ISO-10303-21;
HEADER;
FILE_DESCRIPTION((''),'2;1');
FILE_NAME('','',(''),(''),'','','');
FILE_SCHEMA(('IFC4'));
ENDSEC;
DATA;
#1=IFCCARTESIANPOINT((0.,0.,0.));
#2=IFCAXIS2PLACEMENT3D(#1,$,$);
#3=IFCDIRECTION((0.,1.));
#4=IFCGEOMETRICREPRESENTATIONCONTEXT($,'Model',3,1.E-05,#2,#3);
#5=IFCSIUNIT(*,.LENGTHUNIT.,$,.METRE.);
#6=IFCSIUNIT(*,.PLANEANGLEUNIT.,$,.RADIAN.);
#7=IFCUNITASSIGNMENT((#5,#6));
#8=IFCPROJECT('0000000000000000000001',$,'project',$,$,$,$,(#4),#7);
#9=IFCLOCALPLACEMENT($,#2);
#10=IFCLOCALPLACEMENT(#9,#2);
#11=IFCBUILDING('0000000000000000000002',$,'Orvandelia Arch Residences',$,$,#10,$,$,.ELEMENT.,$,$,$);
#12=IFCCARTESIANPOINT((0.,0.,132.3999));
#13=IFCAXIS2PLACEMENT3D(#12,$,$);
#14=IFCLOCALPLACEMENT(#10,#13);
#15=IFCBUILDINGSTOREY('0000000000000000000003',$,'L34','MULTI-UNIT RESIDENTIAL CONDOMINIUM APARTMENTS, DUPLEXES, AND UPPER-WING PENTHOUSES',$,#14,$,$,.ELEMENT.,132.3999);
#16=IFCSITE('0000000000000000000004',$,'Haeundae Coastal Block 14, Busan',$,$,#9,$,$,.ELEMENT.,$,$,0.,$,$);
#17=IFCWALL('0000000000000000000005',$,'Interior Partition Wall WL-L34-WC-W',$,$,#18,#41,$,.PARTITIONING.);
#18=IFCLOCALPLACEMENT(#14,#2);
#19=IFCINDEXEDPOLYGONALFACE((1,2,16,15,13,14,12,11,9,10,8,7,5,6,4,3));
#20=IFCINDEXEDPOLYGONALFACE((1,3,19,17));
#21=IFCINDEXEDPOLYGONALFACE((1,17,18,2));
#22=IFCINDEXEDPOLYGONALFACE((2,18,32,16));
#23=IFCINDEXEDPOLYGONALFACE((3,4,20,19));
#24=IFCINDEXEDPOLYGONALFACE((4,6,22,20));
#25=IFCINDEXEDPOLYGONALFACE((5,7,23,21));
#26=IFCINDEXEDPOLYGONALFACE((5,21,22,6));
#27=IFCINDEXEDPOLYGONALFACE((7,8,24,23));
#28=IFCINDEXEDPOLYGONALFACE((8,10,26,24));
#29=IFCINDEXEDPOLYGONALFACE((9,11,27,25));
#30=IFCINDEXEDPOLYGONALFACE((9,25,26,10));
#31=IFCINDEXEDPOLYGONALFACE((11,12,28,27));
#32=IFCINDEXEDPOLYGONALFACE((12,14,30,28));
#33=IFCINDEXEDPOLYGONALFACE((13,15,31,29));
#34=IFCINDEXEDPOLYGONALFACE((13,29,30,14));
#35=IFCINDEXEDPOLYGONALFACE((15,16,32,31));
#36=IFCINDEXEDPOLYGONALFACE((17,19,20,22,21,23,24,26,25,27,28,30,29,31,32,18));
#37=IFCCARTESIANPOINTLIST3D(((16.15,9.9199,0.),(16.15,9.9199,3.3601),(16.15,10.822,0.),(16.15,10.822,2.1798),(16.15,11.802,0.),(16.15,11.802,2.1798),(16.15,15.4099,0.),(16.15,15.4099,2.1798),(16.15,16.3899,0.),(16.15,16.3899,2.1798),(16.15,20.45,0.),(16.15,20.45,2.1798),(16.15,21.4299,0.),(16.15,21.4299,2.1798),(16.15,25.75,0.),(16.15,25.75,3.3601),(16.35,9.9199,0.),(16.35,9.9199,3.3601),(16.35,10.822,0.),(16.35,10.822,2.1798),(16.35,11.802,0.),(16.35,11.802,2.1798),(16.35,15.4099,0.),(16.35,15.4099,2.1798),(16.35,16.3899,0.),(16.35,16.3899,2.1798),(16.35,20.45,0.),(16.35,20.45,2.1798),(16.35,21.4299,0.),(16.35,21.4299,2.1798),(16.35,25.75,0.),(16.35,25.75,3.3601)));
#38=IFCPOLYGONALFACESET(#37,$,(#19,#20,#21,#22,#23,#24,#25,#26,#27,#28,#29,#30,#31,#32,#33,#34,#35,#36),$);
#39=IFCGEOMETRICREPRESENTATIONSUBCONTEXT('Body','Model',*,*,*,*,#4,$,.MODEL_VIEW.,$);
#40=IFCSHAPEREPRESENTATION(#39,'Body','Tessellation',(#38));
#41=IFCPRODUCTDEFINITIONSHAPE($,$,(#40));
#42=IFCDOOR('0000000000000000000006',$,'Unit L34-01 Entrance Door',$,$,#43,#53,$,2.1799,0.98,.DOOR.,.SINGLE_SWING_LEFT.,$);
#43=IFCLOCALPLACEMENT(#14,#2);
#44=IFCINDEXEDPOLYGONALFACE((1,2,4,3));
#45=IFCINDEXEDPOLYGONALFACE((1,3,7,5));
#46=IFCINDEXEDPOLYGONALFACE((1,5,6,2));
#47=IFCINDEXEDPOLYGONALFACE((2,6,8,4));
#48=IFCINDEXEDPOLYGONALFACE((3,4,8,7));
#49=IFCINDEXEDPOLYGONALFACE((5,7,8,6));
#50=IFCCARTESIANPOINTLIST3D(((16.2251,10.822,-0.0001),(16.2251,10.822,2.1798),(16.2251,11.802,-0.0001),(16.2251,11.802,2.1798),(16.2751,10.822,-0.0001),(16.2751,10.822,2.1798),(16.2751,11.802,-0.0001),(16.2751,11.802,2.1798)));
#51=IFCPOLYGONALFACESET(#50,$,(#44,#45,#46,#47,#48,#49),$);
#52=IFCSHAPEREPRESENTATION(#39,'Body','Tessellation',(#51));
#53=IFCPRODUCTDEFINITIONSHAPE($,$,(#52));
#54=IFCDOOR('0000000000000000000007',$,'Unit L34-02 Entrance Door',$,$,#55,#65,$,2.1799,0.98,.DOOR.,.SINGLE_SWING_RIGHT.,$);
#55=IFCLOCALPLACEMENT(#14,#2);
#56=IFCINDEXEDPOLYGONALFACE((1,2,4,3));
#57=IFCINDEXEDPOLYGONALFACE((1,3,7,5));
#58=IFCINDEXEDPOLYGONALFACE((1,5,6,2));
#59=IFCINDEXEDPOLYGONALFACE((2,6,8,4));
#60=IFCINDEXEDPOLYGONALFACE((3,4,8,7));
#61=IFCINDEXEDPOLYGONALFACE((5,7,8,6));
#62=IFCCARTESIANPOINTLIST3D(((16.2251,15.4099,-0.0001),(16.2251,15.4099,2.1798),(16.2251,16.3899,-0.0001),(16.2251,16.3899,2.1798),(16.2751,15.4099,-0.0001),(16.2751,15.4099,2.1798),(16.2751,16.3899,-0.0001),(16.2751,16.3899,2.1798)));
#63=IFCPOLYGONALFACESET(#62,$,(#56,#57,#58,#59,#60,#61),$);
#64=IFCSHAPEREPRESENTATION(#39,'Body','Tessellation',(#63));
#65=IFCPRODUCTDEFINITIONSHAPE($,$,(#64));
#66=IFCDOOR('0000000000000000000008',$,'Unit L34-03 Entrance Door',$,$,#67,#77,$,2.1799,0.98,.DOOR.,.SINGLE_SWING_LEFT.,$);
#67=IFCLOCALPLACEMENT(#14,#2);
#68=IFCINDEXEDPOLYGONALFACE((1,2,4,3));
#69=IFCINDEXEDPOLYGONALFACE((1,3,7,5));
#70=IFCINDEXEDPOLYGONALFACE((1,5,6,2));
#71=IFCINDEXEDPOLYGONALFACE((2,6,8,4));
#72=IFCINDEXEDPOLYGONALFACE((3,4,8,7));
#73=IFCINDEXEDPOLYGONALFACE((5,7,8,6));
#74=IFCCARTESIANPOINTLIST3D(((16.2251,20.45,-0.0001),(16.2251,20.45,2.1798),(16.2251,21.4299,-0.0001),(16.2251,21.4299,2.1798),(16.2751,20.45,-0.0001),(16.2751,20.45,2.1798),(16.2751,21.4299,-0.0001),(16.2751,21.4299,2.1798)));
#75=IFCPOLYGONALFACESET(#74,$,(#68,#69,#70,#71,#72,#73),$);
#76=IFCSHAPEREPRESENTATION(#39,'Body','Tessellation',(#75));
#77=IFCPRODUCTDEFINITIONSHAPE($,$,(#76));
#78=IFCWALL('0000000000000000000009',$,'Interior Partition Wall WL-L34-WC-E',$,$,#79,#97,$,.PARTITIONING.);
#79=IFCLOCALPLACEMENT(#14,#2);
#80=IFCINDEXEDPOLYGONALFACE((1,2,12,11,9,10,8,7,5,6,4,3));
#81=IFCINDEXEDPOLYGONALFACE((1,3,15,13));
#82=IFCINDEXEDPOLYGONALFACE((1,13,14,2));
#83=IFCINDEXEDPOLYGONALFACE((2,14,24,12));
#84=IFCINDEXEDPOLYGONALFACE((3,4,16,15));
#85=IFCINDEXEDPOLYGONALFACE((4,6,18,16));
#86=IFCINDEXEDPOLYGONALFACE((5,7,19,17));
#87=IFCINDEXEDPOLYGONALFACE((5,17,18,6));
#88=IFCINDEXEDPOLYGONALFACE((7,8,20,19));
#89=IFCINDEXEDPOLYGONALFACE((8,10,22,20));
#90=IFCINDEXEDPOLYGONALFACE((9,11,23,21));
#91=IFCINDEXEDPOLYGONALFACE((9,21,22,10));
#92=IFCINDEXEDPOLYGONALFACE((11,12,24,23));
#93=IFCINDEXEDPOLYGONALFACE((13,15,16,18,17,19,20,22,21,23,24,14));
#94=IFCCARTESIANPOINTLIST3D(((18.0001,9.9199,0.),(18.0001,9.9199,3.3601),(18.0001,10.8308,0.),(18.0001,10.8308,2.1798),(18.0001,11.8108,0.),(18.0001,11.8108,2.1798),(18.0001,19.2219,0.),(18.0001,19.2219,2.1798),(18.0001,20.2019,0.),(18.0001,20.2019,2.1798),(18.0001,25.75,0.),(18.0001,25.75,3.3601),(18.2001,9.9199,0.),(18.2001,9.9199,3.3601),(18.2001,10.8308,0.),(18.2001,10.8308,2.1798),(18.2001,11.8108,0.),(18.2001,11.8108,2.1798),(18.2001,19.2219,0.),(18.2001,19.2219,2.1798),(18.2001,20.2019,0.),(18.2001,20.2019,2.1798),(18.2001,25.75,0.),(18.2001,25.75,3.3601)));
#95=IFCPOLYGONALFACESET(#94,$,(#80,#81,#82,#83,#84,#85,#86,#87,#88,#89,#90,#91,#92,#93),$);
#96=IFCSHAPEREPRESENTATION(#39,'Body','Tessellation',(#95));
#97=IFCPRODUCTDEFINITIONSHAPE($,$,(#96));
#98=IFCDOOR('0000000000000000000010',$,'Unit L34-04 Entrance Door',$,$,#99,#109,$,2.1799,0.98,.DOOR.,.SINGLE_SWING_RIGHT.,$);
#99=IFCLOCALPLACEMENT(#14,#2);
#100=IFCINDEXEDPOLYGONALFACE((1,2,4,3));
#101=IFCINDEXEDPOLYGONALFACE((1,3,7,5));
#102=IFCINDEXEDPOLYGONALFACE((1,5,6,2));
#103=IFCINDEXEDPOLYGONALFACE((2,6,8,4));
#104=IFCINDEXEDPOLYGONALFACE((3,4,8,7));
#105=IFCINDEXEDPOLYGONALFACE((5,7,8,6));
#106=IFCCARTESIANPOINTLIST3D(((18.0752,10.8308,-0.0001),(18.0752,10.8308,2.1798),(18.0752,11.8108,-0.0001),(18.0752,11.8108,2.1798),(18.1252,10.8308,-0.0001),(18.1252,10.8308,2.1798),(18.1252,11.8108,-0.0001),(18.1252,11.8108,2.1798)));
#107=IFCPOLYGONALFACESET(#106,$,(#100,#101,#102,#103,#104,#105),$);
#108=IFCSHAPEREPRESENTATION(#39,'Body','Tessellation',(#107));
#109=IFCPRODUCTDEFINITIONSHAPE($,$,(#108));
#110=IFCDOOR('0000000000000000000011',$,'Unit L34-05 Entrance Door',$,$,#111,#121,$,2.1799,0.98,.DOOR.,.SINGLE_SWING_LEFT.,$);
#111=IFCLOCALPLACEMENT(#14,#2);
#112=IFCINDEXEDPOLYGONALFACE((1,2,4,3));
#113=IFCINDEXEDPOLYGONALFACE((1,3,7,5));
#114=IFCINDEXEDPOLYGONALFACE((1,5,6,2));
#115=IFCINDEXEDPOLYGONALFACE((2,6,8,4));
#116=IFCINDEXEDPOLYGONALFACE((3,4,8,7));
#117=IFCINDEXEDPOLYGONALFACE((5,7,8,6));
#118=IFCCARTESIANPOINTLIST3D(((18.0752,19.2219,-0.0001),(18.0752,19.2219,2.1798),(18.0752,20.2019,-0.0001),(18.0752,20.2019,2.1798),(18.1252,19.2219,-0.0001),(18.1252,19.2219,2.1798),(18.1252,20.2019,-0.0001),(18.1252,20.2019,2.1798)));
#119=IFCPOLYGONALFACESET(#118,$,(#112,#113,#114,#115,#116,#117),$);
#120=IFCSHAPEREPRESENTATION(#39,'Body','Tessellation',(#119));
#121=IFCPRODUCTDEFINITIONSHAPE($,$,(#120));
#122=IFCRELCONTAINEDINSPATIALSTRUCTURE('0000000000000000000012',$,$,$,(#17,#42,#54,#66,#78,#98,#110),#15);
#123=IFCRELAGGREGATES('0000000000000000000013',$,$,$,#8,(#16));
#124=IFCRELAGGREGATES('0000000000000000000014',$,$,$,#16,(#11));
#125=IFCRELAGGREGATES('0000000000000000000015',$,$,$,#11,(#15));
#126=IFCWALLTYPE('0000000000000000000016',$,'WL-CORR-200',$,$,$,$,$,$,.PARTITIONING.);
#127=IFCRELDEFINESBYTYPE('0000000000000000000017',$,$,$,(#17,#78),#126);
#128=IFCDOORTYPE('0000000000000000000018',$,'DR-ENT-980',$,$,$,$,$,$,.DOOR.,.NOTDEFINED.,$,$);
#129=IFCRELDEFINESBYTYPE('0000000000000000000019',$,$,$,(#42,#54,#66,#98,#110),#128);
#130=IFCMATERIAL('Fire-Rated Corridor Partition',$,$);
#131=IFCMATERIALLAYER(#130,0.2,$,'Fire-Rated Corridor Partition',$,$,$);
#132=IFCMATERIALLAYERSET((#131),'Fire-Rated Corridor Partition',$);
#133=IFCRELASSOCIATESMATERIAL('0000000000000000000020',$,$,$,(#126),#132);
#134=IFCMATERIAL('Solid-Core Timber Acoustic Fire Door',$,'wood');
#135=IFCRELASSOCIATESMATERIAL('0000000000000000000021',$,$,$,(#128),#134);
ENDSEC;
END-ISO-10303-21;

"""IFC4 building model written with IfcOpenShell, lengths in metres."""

from ifc_helpers import new_model, si_unit, direction, frame, frame_2d, origin, place, context, subcontext, project, spatial, rectangle, extrude, material, layer, layer_set, type_object, element, fill, save


model = new_model("IFC4")

# Units and contexts
model_context = context("Model", 3, precision=1e-05, world=origin(), true_north=direction((0.0, 1.0)))
body_context = subcontext(model_context, "Body", "Model", "MODEL_VIEW")
ifc_project = project(units=[si_unit("LENGTHUNIT", "METRE"), si_unit("PLANEANGLEUNIT", "RADIAN")], contexts=[model_context])

# Site, building, storey
site_placement = place(None, origin())
site = spatial("IfcSite", under=ifc_project, at=site_placement, Name="Haeundae Coastal Block 14, Busan", CompositionType="ELEMENT", RefElevation=0.0)
building_placement = place(site_placement, origin())
building = spatial("IfcBuilding", under=site, at=building_placement, Name="Orvandelia Arch Residences", CompositionType="ELEMENT")
storey_placement = place(building_placement, frame((0.0, 0.0, 132.3999)))
storey = spatial("IfcBuildingStorey", under=building, at=storey_placement, Name="L34", Description="MULTI-UNIT RESIDENTIAL CONDOMINIUM APARTMENTS, DUPLEXES, AND UPPER-WING PENTHOUSES", CompositionType="ELEMENT", Elevation=132.3999)

# Walls, openings, doors
ifc_material_1 = material(Name="Fire-Rated Corridor Partition")
ifc_layer_1 = layer(ifc_material_1, 0.2, Name="Fire-Rated Corridor Partition")
ifc_layer_set_1 = layer_set([ifc_layer_1], Name="Fire-Rated Corridor Partition")
wall_type_1 = type_object("IfcWallType", Name="WL-CORR-200", PredefinedType="PARTITIONING", material=ifc_layer_set_1)
wall_1_placement = place(storey_placement, frame((16.25, 9.9199, 0.0), z_axis=(0.0, 0.0, 1.0), x_axis=(0.0, 1.0, 0.0)))
wall_1 = element("IfcWall", 1, at=wall_1_placement, inside=storey, type_object=wall_type_1, Name="Interior Partition Wall WL-L34-WC-W", PredefinedType="PARTITIONING", context=body_context, shape_type="SweptSolid", body=[
    extrude(rectangle(XDim=15.8301, YDim=0.2, at=frame_2d((7.915, 0.0))), origin(), (0.0, 0.0, 1.0), 3.3601),
])
opening_1_placement = place(wall_1_placement, frame((0.9021, 0.0, 0.0)))
opening_1 = element("IfcOpeningElement", 2, at=opening_1_placement, cuts=wall_1, PredefinedType="OPENING", context=body_context, shape_type="SweptSolid", body=[
    extrude(rectangle(XDim=0.98, YDim=2.1799, at=frame_2d((0.49, 1.0898))), frame((0.0, 0.1099, 0.0), z_axis=(0.0, -1.0, 0.0), x_axis=(1.0, 0.0, 0.0)), (0.0, 0.0, 1.0), 0.22),
])
opening_2_placement = place(wall_1_placement, frame((5.49, 0.0, 0.0)))
opening_2 = element("IfcOpeningElement", 3, at=opening_2_placement, cuts=wall_1, PredefinedType="OPENING", context=body_context, shape_type="SweptSolid", body=[
    extrude(rectangle(XDim=0.98, YDim=2.1799, at=frame_2d((0.49, 1.0898))), frame((0.0, 0.1099, 0.0), z_axis=(0.0, -1.0, 0.0), x_axis=(1.0, 0.0, 0.0)), (0.0, 0.0, 1.0), 0.22),
])
opening_3_placement = place(wall_1_placement, frame((10.53, 0.0, 0.0)))
opening_3 = element("IfcOpeningElement", 4, at=opening_3_placement, cuts=wall_1, PredefinedType="OPENING", context=body_context, shape_type="SweptSolid", body=[
    extrude(rectangle(XDim=0.98, YDim=2.1799, at=frame_2d((0.49, 1.0898))), frame((0.0, 0.1099, 0.0), z_axis=(0.0, -1.0, 0.0), x_axis=(1.0, 0.0, 0.0)), (0.0, 0.0, 1.0), 0.22),
])
ifc_material_2 = material(Name="Solid-Core Timber Acoustic Fire Door", Category="wood")
door_type_1 = type_object("IfcDoorType", Name="DR-ENT-980", OperationType="NOTDEFINED", PredefinedType="DOOR", material=ifc_material_2)
door_1_placement = place(opening_1_placement, origin())
door_1 = element("IfcDoor", 5, at=door_1_placement, inside=storey, type_object=door_type_1, Name="Unit L34-01 Entrance Door", OperationType="SINGLE_SWING_LEFT", OverallHeight=2.1799, OverallWidth=0.98, PredefinedType="DOOR", context=body_context, shape_type="SweptSolid", body=[
    extrude(rectangle(XDim=0.98, YDim=2.1799, at=frame_2d((0.49, 1.0898))), frame((0.0, 0.0249, 0.0), z_axis=(0.0, -1.0, 0.0), x_axis=(1.0, 0.0, 0.0)), (0.0, 0.0, 1.0), 0.05),
])
fill(opening_1, door_1)
door_2_placement = place(opening_2_placement, origin())
door_2 = element("IfcDoor", 6, at=door_2_placement, inside=storey, type_object=door_type_1, Name="Unit L34-02 Entrance Door", OperationType="SINGLE_SWING_RIGHT", OverallHeight=2.1799, OverallWidth=0.98, PredefinedType="DOOR", context=body_context, shape_type="SweptSolid", body=[
    extrude(rectangle(XDim=0.98, YDim=2.1799, at=frame_2d((0.49, 1.0898))), frame((0.0, 0.0249, 0.0), z_axis=(0.0, -1.0, 0.0), x_axis=(1.0, 0.0, 0.0)), (0.0, 0.0, 1.0), 0.05),
])
fill(opening_2, door_2)
door_3_placement = place(opening_3_placement, origin())
door_3 = element("IfcDoor", 7, at=door_3_placement, inside=storey, type_object=door_type_1, Name="Unit L34-03 Entrance Door", OperationType="SINGLE_SWING_LEFT", OverallHeight=2.1799, OverallWidth=0.98, PredefinedType="DOOR", context=body_context, shape_type="SweptSolid", body=[
    extrude(rectangle(XDim=0.98, YDim=2.1799, at=frame_2d((0.49, 1.0898))), frame((0.0, 0.0249, 0.0), z_axis=(0.0, -1.0, 0.0), x_axis=(1.0, 0.0, 0.0)), (0.0, 0.0, 1.0), 0.05),
])
fill(opening_3, door_3)
wall_2_placement = place(storey_placement, frame((18.1001, 9.9199, 0.0), z_axis=(0.0, 0.0, 1.0), x_axis=(0.0, 1.0, 0.0)))
wall_2 = element("IfcWall", 8, at=wall_2_placement, inside=storey, type_object=wall_type_1, Name="Interior Partition Wall WL-L34-WC-E", PredefinedType="PARTITIONING", context=body_context, shape_type="SweptSolid", body=[
    extrude(rectangle(XDim=15.8301, YDim=0.2, at=frame_2d((7.915, 0.0))), origin(), (0.0, 0.0, 1.0), 3.3601),
])
opening_4_placement = place(wall_2_placement, frame((0.9109, 0.0, 0.0)))
opening_4 = element("IfcOpeningElement", 9, at=opening_4_placement, cuts=wall_2, PredefinedType="OPENING", context=body_context, shape_type="SweptSolid", body=[
    extrude(rectangle(XDim=0.98, YDim=2.1799, at=frame_2d((0.49, 1.0898))), frame((0.0, 0.1099, 0.0), z_axis=(0.0, -1.0, 0.0), x_axis=(1.0, 0.0, 0.0)), (0.0, 0.0, 1.0), 0.22),
])
opening_5_placement = place(wall_2_placement, frame((9.302, 0.0, 0.0)))
opening_5 = element("IfcOpeningElement", 10, at=opening_5_placement, cuts=wall_2, PredefinedType="OPENING", context=body_context, shape_type="SweptSolid", body=[
    extrude(rectangle(XDim=0.98, YDim=2.1799, at=frame_2d((0.49, 1.0898))), frame((0.0, 0.1099, 0.0), z_axis=(0.0, -1.0, 0.0), x_axis=(1.0, 0.0, 0.0)), (0.0, 0.0, 1.0), 0.22),
])
door_4_placement = place(opening_4_placement, origin())
door_4 = element("IfcDoor", 11, at=door_4_placement, inside=storey, type_object=door_type_1, Name="Unit L34-04 Entrance Door", OperationType="SINGLE_SWING_RIGHT", OverallHeight=2.1799, OverallWidth=0.98, PredefinedType="DOOR", context=body_context, shape_type="SweptSolid", body=[
    extrude(rectangle(XDim=0.98, YDim=2.1799, at=frame_2d((0.49, 1.0898))), frame((0.0, 0.0249, 0.0), z_axis=(0.0, -1.0, 0.0), x_axis=(1.0, 0.0, 0.0)), (0.0, 0.0, 1.0), 0.05),
])
fill(opening_4, door_4)
door_5_placement = place(opening_5_placement, origin())
door_5 = element("IfcDoor", 12, at=door_5_placement, inside=storey, type_object=door_type_1, Name="Unit L34-05 Entrance Door", OperationType="SINGLE_SWING_LEFT", OverallHeight=2.1799, OverallWidth=0.98, PredefinedType="DOOR", context=body_context, shape_type="SweptSolid", body=[
    extrude(rectangle(XDim=0.98, YDim=2.1799, at=frame_2d((0.49, 1.0898))), frame((0.0, 0.0249, 0.0), z_axis=(0.0, -1.0, 0.0), x_axis=(1.0, 0.0, 0.0)), (0.0, 0.0, 1.0), 0.05),
])
fill(opening_5, door_5)

save(model, "model.ifc")
